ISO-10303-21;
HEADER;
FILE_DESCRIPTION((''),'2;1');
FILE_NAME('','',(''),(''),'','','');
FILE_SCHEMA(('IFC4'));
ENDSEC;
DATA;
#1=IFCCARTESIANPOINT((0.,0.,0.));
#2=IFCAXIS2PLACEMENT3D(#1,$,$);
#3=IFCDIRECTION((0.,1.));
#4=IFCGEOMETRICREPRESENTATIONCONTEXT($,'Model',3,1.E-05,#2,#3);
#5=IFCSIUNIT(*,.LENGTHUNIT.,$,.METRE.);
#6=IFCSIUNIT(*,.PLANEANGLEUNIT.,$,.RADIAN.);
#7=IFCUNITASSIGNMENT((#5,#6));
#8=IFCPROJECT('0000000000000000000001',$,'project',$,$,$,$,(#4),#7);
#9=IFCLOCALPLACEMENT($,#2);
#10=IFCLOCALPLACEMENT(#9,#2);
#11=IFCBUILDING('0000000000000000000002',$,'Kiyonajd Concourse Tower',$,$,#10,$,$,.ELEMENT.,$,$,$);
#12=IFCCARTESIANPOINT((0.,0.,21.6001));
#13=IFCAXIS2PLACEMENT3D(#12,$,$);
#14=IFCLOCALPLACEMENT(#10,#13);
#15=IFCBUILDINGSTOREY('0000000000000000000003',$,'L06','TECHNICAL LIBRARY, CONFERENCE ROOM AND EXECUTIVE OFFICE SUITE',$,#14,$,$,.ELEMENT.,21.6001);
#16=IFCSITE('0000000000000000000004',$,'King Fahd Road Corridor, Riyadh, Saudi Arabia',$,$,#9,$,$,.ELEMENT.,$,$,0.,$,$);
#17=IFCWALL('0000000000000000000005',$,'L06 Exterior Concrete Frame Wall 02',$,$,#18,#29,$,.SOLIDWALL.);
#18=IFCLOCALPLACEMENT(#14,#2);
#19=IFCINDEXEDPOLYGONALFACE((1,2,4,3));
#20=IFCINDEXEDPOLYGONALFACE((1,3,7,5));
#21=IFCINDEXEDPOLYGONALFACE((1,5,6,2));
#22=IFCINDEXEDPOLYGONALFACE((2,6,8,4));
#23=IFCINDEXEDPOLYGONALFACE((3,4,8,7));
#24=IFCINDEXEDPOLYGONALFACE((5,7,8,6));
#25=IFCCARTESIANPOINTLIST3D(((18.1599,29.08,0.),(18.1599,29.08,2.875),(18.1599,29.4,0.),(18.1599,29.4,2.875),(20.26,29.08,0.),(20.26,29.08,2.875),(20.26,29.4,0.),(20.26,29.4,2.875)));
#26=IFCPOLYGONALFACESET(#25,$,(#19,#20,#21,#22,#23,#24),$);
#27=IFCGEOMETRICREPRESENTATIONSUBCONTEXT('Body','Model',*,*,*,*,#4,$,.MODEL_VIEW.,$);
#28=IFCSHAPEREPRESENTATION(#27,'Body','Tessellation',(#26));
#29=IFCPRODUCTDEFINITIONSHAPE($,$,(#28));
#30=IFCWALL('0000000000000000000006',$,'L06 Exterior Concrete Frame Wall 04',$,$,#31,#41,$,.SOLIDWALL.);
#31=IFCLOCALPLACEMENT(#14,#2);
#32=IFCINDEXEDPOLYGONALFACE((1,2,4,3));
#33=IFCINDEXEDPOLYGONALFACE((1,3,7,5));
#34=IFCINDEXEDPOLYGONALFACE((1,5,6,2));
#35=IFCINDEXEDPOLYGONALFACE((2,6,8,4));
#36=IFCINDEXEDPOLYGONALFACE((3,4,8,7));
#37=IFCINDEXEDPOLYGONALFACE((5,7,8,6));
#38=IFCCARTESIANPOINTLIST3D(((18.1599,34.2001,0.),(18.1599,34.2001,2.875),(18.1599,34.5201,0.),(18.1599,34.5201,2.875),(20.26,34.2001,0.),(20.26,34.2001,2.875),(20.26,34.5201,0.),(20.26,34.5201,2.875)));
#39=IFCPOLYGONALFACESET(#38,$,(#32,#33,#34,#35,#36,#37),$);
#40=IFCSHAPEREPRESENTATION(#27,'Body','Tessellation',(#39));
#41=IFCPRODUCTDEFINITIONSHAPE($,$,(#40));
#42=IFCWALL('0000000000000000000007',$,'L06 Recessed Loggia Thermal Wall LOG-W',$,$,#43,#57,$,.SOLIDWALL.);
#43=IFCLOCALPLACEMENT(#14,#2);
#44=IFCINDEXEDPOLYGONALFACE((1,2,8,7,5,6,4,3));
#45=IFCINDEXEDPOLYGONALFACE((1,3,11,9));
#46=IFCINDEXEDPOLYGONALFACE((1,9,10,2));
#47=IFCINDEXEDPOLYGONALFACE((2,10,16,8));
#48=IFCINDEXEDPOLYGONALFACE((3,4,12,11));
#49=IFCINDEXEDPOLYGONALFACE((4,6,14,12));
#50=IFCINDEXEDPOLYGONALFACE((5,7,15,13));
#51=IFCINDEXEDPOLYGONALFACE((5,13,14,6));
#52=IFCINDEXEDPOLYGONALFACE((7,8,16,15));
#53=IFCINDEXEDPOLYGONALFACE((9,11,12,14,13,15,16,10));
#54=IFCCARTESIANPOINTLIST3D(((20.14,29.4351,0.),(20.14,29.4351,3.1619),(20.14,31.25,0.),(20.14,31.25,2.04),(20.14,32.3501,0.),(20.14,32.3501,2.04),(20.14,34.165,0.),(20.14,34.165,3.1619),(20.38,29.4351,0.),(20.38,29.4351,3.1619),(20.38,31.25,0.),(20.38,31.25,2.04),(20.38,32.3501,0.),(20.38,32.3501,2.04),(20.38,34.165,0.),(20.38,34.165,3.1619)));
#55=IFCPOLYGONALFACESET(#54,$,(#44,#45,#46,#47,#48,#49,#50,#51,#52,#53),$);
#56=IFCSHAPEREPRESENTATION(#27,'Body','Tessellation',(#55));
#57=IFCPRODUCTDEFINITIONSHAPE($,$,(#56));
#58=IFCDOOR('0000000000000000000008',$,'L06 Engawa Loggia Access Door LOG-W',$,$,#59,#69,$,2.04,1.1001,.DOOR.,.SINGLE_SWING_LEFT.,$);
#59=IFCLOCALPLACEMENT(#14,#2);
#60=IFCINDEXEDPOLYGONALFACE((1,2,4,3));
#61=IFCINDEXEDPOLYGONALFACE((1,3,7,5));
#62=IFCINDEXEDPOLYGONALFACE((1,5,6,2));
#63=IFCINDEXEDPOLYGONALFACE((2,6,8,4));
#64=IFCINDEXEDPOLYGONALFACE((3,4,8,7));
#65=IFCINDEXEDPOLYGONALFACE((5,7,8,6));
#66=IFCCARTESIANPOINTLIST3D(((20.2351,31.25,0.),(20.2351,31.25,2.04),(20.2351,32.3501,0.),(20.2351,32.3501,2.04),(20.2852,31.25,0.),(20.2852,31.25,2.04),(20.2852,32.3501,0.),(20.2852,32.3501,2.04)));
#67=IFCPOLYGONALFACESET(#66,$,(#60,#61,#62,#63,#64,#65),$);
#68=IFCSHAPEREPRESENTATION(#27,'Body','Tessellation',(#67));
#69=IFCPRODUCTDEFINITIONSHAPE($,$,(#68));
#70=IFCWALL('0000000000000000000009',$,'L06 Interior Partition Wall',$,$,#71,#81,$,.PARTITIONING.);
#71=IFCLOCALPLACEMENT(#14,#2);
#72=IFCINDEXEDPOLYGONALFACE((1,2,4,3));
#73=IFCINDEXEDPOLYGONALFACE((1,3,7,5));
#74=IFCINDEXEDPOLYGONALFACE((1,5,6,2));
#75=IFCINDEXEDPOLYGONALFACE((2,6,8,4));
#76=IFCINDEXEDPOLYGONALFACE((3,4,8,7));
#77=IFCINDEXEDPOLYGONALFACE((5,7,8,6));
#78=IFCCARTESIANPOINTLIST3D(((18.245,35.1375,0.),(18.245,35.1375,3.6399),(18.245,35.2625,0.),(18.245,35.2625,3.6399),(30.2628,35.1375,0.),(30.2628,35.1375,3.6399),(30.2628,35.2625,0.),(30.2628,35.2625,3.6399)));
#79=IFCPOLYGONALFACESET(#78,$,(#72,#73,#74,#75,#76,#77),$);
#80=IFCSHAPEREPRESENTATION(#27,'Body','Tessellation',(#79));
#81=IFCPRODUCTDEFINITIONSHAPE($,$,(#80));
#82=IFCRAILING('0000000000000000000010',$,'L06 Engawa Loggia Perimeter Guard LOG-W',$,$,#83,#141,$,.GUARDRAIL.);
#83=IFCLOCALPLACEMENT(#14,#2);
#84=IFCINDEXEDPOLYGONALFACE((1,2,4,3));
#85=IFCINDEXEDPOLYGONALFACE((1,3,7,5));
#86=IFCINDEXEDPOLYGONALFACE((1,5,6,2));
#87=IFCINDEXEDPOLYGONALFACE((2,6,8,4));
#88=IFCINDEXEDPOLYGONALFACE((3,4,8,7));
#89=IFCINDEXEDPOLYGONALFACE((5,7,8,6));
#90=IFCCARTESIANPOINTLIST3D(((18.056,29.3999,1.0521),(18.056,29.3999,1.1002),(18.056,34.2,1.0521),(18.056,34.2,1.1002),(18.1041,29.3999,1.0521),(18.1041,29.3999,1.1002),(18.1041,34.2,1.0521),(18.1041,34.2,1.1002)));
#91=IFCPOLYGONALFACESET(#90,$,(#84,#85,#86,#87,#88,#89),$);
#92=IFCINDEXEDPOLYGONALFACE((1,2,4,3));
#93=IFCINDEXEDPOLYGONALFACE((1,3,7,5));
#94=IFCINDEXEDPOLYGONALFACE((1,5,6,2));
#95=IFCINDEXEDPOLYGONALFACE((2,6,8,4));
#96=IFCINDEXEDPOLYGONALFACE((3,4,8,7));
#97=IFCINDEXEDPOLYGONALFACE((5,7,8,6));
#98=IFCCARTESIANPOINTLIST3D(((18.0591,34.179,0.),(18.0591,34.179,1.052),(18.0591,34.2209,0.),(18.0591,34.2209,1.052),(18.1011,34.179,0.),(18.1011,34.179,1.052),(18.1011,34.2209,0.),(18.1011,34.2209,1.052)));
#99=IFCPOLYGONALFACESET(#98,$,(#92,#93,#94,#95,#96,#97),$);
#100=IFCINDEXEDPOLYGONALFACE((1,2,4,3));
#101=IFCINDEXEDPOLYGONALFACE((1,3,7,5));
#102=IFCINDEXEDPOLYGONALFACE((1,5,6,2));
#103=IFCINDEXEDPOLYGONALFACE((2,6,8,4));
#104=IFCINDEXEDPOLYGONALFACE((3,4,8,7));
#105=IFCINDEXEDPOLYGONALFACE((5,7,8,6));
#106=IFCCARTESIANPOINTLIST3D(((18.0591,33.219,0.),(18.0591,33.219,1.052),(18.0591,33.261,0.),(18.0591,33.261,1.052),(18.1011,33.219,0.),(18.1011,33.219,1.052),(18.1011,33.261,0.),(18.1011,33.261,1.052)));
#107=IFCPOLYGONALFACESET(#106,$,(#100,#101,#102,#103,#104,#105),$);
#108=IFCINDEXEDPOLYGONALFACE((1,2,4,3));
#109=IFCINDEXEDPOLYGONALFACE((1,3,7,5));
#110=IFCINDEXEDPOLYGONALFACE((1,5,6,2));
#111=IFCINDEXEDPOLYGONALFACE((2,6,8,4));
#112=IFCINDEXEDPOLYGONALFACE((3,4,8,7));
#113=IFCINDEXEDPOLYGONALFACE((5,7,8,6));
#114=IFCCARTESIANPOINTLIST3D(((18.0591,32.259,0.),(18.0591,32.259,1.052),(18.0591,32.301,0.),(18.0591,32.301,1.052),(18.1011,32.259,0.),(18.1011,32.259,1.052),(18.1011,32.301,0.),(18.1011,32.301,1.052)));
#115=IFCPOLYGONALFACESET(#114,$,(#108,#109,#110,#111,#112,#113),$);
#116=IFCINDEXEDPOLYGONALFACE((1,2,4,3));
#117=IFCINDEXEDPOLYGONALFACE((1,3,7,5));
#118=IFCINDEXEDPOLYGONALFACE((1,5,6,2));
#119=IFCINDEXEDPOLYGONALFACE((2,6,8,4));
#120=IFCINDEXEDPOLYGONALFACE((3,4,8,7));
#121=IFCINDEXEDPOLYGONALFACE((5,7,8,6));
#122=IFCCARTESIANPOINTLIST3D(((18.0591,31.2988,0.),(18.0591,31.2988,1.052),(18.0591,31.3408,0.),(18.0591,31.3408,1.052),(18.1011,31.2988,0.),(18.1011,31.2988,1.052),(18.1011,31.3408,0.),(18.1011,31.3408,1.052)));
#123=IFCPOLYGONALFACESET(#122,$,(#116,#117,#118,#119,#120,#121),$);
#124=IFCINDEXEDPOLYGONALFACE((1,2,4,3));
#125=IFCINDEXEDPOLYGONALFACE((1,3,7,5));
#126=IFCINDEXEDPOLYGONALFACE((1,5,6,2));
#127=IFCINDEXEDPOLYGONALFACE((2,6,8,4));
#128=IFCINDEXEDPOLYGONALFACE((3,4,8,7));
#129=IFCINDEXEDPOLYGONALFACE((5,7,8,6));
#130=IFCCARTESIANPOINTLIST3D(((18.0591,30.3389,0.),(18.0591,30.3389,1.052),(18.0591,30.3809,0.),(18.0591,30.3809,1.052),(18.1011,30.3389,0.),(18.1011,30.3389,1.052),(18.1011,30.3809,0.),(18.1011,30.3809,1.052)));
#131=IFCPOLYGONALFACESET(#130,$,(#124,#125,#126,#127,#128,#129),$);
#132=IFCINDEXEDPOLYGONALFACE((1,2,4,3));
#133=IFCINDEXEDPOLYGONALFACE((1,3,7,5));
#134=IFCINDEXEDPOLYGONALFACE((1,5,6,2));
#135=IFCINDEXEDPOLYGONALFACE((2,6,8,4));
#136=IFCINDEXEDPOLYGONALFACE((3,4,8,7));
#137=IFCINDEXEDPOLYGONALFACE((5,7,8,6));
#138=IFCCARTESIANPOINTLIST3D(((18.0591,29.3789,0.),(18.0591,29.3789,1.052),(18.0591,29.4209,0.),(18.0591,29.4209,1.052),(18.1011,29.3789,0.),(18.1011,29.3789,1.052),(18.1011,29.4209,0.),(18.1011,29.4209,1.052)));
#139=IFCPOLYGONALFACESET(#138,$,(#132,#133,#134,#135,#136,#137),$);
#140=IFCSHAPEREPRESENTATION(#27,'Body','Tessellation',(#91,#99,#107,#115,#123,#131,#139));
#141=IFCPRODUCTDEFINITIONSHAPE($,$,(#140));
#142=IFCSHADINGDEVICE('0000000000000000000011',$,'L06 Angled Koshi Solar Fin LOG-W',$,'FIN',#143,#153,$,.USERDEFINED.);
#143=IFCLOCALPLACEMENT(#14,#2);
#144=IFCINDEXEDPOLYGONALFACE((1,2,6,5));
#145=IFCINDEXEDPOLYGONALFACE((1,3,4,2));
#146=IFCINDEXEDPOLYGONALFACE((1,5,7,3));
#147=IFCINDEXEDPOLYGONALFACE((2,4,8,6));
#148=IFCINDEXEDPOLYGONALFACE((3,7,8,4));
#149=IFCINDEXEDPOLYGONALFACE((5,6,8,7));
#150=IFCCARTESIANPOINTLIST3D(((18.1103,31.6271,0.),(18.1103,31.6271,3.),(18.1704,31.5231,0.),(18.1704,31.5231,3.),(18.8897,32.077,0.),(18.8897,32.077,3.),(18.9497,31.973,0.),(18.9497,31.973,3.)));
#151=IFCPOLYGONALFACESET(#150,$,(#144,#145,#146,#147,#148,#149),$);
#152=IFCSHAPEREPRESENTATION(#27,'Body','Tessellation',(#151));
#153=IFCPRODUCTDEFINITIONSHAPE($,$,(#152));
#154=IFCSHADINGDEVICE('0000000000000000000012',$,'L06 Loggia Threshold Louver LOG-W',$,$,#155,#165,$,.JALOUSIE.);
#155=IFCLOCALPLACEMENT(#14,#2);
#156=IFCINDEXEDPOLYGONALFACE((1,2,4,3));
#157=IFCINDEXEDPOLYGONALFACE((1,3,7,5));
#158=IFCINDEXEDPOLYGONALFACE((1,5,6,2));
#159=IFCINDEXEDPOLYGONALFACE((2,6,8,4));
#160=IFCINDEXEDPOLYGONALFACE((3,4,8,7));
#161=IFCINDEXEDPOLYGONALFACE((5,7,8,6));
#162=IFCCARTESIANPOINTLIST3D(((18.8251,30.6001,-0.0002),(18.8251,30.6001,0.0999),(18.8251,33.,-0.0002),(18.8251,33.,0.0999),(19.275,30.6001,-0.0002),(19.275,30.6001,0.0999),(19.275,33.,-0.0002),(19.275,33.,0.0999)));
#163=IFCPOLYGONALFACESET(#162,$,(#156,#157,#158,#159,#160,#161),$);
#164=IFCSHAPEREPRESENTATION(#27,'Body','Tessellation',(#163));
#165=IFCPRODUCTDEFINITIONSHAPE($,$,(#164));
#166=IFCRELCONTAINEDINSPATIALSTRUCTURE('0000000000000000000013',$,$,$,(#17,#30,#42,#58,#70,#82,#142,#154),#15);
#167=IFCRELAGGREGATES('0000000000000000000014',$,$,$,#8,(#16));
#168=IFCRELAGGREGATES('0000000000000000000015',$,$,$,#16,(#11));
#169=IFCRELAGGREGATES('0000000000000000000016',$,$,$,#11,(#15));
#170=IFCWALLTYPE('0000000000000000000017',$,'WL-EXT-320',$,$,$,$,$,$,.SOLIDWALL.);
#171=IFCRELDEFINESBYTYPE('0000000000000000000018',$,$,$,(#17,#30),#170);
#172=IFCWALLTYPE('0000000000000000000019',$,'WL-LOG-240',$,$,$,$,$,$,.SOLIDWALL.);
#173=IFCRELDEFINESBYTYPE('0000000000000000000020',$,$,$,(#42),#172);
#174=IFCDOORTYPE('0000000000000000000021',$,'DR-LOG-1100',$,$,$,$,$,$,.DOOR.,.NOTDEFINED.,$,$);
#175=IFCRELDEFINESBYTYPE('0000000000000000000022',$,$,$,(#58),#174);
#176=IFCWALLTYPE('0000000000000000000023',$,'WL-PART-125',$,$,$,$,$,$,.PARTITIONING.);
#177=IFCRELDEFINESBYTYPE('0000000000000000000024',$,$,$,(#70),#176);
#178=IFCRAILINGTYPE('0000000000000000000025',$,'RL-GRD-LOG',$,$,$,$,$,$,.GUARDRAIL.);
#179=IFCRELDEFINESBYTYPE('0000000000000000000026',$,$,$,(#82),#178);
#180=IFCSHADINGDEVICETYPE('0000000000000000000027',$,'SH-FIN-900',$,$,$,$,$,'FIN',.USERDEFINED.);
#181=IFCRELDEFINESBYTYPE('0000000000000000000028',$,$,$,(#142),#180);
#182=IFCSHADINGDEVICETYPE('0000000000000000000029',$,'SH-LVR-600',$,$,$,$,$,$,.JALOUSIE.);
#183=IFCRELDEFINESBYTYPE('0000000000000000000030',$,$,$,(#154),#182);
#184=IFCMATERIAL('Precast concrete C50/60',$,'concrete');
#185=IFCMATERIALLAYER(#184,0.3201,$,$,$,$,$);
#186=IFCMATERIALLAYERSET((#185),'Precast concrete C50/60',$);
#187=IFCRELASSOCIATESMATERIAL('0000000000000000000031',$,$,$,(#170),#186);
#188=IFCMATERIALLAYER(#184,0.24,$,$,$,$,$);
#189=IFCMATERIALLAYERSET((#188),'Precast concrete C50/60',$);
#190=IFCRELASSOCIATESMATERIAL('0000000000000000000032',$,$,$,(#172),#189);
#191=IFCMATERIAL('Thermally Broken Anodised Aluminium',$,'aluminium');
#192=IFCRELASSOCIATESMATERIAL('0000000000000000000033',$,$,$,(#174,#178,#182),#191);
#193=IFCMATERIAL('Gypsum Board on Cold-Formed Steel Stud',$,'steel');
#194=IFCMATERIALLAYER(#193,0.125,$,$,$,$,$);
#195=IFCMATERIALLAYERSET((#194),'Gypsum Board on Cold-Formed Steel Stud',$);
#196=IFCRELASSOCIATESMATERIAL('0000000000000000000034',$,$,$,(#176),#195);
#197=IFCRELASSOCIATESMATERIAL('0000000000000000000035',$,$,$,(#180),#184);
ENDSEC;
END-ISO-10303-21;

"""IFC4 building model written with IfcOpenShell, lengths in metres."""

from ifc_helpers import new_model, si_unit, direction, frame, frame_2d, origin, origin_2d, place, context, subcontext, project, spatial, rectangle, extrude, material, layer, layer_set, type_object, element, fill, save


model = new_model("IFC4")

# Units and contexts
model_context = context("Model", 3, precision=1e-05, world=origin(), true_north=direction((0.0, 1.0)))
body_context = subcontext(model_context, "Body", "Model", "MODEL_VIEW")
ifc_project = project(units=[si_unit("LENGTHUNIT", "METRE"), si_unit("PLANEANGLEUNIT", "RADIAN")], contexts=[model_context])

# Site, building, storey
site_placement = place(None, origin())
site = spatial("IfcSite", under=ifc_project, at=site_placement, Name="King Fahd Road Corridor, Riyadh, Saudi Arabia", CompositionType="ELEMENT", RefElevation=0.0)
building_placement = place(site_placement, origin())
building = spatial("IfcBuilding", under=site, at=building_placement, Name="Kiyonajd Concourse Tower", CompositionType="ELEMENT")
storey_placement = place(building_placement, frame((0.0, 0.0, 21.6001)))
storey = spatial("IfcBuildingStorey", under=building, at=storey_placement, Name="L06", Description="TECHNICAL LIBRARY, CONFERENCE ROOM AND EXECUTIVE OFFICE SUITE", CompositionType="ELEMENT", Elevation=21.6001)

# Shared definitions
ifc_material_1 = material(Name="Precast concrete C50/60", Category="concrete")

# Shared definitions
ifc_material_2 = material(Name="Thermally Broken Anodised Aluminium", Category="aluminium")

# Walls
ifc_layer_1 = layer(ifc_material_1, 0.3201)
ifc_layer_set_1 = layer_set([ifc_layer_1], Name="Precast concrete C50/60")
wall_type_1 = type_object("IfcWallType", Name="WL-EXT-320", PredefinedType="SOLIDWALL", material=ifc_layer_set_1)
for number, where, z_axis, x_axis, name in (
    (1, (18.1599, 29.24, 0.0), (0.0, 0.0, 1.0), (1.0, 0.0, 0.0), "L06 Exterior Concrete Frame Wall 02"),
    (2, (20.26, 34.3601, 0.0), (0.0, 0.0, 1.0), (-1.0, 0.0, 0.0), "L06 Exterior Concrete Frame Wall 04"),
):
    element("IfcWall", number, at=place(storey_placement, frame(where, z_axis=z_axis, x_axis=x_axis)), inside=storey, type_object=wall_type_1, Name=name, PredefinedType="SOLIDWALL", context=body_context, shape_type="SweptSolid", body=[
        extrude(rectangle(XDim=2.1001, YDim=0.3201, at=frame_2d((1.05, 0.0))), origin(), (0.0, 0.0, 1.0), 2.875),
    ])

# Wall, opening, door
ifc_layer_2 = layer(ifc_material_1, 0.24)
ifc_layer_set_2 = layer_set([ifc_layer_2], Name="Precast concrete C50/60")
wall_type_2 = type_object("IfcWallType", Name="WL-LOG-240", PredefinedType="SOLIDWALL", material=ifc_layer_set_2)
wall_1_placement = place(storey_placement, frame((20.26, 29.4351, 0.0), z_axis=(0.0, 0.0, 1.0), x_axis=(0.0, 1.0, 0.0)))
wall_1 = element("IfcWall", 3, at=wall_1_placement, inside=storey, type_object=wall_type_2, Name="L06 Recessed Loggia Thermal Wall LOG-W", PredefinedType="SOLIDWALL", context=body_context, shape_type="SweptSolid", body=[
    extrude(rectangle(XDim=4.73, YDim=0.24, at=frame_2d((2.365, 0.0))), origin(), (0.0, 0.0, 1.0), 3.1619),
])
opening_placement = place(wall_1_placement, frame((1.8149, 0.0, 0.0)))
opening = element("IfcOpeningElement", 4, at=opening_placement, cuts=wall_1, PredefinedType="OPENING", context=body_context, shape_type="SweptSolid", body=[
    extrude(rectangle(XDim=1.1001, YDim=2.04, at=frame_2d((0.55, 1.02))), frame((0.0, 0.1299, 0.0), z_axis=(0.0, -1.0, 0.0), x_axis=(1.0, 0.0, 0.0)), (0.0, 0.0, 1.0), 0.26),
])
door_type = type_object("IfcDoorType", Name="DR-LOG-1100", OperationType="NOTDEFINED", PredefinedType="DOOR", material=ifc_material_2)
door_placement = place(opening_placement, origin())
door = element("IfcDoor", 5, at=door_placement, inside=storey, type_object=door_type, Name="L06 Engawa Loggia Access Door LOG-W", OperationType="SINGLE_SWING_LEFT", OverallHeight=2.04, OverallWidth=1.1001, PredefinedType="DOOR", context=body_context, shape_type="SweptSolid", body=[
    extrude(rectangle(XDim=1.1001, YDim=2.04, at=frame_2d((0.55, 1.02))), frame((0.0, 0.0249, 0.0), z_axis=(0.0, -1.0, 0.0), x_axis=(1.0, 0.0, 0.0)), (0.0, 0.0, 1.0), 0.05),
])
fill(opening, door)

# Wall
ifc_material_3 = material(Name="Gypsum Board on Cold-Formed Steel Stud", Category="steel")
ifc_layer_3 = layer(ifc_material_3, 0.125)
ifc_layer_set_3 = layer_set([ifc_layer_3], Name="Gypsum Board on Cold-Formed Steel Stud")
wall_type_3 = type_object("IfcWallType", Name="WL-PART-125", PredefinedType="PARTITIONING", material=ifc_layer_set_3)
wall_2_placement = place(storey_placement, frame((18.2451, 35.2, 0.0), z_axis=(0.0, 0.0, 1.0), x_axis=(1.0, 0.0, 0.0)))
element("IfcWall", 6, at=wall_2_placement, inside=storey, type_object=wall_type_3, Name="L06 Interior Partition Wall", PredefinedType="PARTITIONING", context=body_context, shape_type="SweptSolid", body=[
    extrude(rectangle(XDim=12.0178, YDim=0.125, at=frame_2d((6.0088, 0.0))), origin(), (0.0, 0.0, 1.0), 3.6399),
])

# Railing
railing_type = type_object("IfcRailingType", Name="RL-GRD-LOG", PredefinedType="GUARDRAIL", material=ifc_material_2)
railing_placement = place(storey_placement, frame((18.0801, 34.2, 0.0)))
element("IfcRailing", 7, at=railing_placement, inside=storey, type_object=railing_type, Name="L06 Engawa Loggia Perimeter Guard LOG-W", PredefinedType="GUARDRAIL", context=body_context, shape_type="SweptSolid", body=[
    extrude(rectangle(XDim=0.0481, YDim=0.0481, at=origin_2d()), frame((0.0, 0.0, 1.0762), z_axis=(0.0, -1.0, 0.0), x_axis=(1.0, 0.0, 0.0)), (0.0, 0.0, 1.0), 4.8),
    extrude(rectangle(XDim=0.042, YDim=0.042, at=origin_2d()), origin(), (0.0, 0.0, 1.0), 1.052),
    extrude(rectangle(XDim=0.042, YDim=0.042, at=origin_2d()), frame((0.0, -0.96, 0.0)), (0.0, 0.0, 1.0), 1.052),
    extrude(rectangle(XDim=0.042, YDim=0.042, at=origin_2d()), frame((0.0, -1.9199, 0.0)), (0.0, 0.0, 1.0), 1.052),
    extrude(rectangle(XDim=0.042, YDim=0.042, at=origin_2d()), frame((0.0, -2.8801, 0.0)), (0.0, 0.0, 1.0), 1.052),
    extrude(rectangle(XDim=0.042, YDim=0.042, at=origin_2d()), frame((0.0, -3.8401, 0.0)), (0.0, 0.0, 1.0), 1.052),
    extrude(rectangle(XDim=0.042, YDim=0.042, at=origin_2d()), frame((0.0, -4.8, 0.0)), (0.0, 0.0, 1.0), 1.052),
])

# Shading devices
shading_device_type_1 = type_object("IfcShadingDeviceType", Name="SH-FIN-900", ElementType="FIN", PredefinedType="USERDEFINED", material=ifc_material_1)
shading_device_1_placement = place(storey_placement, frame((18.53, 31.8, 0.0), z_axis=(0.0, 0.0, 1.0), x_axis=(0.866025, 0.5, 0.0)))
element("IfcShadingDevice", 8, at=shading_device_1_placement, inside=storey, type_object=shading_device_type_1, Name="L06 Angled Koshi Solar Fin LOG-W", ObjectType="FIN", PredefinedType="USERDEFINED", context=body_context, shape_type="SweptSolid", body=[
    extrude(rectangle(XDim=0.8999, YDim=0.1201, at=origin_2d()), origin(), (0.0, 0.0, 1.0), 3.0),
])
shading_device_type_2 = type_object("IfcShadingDeviceType", Name="SH-LVR-600", PredefinedType="JALOUSIE", material=ifc_material_2)
shading_device_2_placement = place(storey_placement, frame((19.05, 31.8, -0.0002), z_axis=(0.0, 0.0, 1.0), x_axis=(0.0, 1.0, 0.0)))
element("IfcShadingDevice", 9, at=shading_device_2_placement, inside=storey, type_object=shading_device_type_2, Name="L06 Loggia Threshold Louver LOG-W", PredefinedType="JALOUSIE", context=body_context, shape_type="SweptSolid", body=[
    extrude(rectangle(XDim=2.3999, YDim=0.45, at=origin_2d()), origin(), (0.0, 0.0, 1.0), 0.1001),
])

save(model, "model.ifc")
